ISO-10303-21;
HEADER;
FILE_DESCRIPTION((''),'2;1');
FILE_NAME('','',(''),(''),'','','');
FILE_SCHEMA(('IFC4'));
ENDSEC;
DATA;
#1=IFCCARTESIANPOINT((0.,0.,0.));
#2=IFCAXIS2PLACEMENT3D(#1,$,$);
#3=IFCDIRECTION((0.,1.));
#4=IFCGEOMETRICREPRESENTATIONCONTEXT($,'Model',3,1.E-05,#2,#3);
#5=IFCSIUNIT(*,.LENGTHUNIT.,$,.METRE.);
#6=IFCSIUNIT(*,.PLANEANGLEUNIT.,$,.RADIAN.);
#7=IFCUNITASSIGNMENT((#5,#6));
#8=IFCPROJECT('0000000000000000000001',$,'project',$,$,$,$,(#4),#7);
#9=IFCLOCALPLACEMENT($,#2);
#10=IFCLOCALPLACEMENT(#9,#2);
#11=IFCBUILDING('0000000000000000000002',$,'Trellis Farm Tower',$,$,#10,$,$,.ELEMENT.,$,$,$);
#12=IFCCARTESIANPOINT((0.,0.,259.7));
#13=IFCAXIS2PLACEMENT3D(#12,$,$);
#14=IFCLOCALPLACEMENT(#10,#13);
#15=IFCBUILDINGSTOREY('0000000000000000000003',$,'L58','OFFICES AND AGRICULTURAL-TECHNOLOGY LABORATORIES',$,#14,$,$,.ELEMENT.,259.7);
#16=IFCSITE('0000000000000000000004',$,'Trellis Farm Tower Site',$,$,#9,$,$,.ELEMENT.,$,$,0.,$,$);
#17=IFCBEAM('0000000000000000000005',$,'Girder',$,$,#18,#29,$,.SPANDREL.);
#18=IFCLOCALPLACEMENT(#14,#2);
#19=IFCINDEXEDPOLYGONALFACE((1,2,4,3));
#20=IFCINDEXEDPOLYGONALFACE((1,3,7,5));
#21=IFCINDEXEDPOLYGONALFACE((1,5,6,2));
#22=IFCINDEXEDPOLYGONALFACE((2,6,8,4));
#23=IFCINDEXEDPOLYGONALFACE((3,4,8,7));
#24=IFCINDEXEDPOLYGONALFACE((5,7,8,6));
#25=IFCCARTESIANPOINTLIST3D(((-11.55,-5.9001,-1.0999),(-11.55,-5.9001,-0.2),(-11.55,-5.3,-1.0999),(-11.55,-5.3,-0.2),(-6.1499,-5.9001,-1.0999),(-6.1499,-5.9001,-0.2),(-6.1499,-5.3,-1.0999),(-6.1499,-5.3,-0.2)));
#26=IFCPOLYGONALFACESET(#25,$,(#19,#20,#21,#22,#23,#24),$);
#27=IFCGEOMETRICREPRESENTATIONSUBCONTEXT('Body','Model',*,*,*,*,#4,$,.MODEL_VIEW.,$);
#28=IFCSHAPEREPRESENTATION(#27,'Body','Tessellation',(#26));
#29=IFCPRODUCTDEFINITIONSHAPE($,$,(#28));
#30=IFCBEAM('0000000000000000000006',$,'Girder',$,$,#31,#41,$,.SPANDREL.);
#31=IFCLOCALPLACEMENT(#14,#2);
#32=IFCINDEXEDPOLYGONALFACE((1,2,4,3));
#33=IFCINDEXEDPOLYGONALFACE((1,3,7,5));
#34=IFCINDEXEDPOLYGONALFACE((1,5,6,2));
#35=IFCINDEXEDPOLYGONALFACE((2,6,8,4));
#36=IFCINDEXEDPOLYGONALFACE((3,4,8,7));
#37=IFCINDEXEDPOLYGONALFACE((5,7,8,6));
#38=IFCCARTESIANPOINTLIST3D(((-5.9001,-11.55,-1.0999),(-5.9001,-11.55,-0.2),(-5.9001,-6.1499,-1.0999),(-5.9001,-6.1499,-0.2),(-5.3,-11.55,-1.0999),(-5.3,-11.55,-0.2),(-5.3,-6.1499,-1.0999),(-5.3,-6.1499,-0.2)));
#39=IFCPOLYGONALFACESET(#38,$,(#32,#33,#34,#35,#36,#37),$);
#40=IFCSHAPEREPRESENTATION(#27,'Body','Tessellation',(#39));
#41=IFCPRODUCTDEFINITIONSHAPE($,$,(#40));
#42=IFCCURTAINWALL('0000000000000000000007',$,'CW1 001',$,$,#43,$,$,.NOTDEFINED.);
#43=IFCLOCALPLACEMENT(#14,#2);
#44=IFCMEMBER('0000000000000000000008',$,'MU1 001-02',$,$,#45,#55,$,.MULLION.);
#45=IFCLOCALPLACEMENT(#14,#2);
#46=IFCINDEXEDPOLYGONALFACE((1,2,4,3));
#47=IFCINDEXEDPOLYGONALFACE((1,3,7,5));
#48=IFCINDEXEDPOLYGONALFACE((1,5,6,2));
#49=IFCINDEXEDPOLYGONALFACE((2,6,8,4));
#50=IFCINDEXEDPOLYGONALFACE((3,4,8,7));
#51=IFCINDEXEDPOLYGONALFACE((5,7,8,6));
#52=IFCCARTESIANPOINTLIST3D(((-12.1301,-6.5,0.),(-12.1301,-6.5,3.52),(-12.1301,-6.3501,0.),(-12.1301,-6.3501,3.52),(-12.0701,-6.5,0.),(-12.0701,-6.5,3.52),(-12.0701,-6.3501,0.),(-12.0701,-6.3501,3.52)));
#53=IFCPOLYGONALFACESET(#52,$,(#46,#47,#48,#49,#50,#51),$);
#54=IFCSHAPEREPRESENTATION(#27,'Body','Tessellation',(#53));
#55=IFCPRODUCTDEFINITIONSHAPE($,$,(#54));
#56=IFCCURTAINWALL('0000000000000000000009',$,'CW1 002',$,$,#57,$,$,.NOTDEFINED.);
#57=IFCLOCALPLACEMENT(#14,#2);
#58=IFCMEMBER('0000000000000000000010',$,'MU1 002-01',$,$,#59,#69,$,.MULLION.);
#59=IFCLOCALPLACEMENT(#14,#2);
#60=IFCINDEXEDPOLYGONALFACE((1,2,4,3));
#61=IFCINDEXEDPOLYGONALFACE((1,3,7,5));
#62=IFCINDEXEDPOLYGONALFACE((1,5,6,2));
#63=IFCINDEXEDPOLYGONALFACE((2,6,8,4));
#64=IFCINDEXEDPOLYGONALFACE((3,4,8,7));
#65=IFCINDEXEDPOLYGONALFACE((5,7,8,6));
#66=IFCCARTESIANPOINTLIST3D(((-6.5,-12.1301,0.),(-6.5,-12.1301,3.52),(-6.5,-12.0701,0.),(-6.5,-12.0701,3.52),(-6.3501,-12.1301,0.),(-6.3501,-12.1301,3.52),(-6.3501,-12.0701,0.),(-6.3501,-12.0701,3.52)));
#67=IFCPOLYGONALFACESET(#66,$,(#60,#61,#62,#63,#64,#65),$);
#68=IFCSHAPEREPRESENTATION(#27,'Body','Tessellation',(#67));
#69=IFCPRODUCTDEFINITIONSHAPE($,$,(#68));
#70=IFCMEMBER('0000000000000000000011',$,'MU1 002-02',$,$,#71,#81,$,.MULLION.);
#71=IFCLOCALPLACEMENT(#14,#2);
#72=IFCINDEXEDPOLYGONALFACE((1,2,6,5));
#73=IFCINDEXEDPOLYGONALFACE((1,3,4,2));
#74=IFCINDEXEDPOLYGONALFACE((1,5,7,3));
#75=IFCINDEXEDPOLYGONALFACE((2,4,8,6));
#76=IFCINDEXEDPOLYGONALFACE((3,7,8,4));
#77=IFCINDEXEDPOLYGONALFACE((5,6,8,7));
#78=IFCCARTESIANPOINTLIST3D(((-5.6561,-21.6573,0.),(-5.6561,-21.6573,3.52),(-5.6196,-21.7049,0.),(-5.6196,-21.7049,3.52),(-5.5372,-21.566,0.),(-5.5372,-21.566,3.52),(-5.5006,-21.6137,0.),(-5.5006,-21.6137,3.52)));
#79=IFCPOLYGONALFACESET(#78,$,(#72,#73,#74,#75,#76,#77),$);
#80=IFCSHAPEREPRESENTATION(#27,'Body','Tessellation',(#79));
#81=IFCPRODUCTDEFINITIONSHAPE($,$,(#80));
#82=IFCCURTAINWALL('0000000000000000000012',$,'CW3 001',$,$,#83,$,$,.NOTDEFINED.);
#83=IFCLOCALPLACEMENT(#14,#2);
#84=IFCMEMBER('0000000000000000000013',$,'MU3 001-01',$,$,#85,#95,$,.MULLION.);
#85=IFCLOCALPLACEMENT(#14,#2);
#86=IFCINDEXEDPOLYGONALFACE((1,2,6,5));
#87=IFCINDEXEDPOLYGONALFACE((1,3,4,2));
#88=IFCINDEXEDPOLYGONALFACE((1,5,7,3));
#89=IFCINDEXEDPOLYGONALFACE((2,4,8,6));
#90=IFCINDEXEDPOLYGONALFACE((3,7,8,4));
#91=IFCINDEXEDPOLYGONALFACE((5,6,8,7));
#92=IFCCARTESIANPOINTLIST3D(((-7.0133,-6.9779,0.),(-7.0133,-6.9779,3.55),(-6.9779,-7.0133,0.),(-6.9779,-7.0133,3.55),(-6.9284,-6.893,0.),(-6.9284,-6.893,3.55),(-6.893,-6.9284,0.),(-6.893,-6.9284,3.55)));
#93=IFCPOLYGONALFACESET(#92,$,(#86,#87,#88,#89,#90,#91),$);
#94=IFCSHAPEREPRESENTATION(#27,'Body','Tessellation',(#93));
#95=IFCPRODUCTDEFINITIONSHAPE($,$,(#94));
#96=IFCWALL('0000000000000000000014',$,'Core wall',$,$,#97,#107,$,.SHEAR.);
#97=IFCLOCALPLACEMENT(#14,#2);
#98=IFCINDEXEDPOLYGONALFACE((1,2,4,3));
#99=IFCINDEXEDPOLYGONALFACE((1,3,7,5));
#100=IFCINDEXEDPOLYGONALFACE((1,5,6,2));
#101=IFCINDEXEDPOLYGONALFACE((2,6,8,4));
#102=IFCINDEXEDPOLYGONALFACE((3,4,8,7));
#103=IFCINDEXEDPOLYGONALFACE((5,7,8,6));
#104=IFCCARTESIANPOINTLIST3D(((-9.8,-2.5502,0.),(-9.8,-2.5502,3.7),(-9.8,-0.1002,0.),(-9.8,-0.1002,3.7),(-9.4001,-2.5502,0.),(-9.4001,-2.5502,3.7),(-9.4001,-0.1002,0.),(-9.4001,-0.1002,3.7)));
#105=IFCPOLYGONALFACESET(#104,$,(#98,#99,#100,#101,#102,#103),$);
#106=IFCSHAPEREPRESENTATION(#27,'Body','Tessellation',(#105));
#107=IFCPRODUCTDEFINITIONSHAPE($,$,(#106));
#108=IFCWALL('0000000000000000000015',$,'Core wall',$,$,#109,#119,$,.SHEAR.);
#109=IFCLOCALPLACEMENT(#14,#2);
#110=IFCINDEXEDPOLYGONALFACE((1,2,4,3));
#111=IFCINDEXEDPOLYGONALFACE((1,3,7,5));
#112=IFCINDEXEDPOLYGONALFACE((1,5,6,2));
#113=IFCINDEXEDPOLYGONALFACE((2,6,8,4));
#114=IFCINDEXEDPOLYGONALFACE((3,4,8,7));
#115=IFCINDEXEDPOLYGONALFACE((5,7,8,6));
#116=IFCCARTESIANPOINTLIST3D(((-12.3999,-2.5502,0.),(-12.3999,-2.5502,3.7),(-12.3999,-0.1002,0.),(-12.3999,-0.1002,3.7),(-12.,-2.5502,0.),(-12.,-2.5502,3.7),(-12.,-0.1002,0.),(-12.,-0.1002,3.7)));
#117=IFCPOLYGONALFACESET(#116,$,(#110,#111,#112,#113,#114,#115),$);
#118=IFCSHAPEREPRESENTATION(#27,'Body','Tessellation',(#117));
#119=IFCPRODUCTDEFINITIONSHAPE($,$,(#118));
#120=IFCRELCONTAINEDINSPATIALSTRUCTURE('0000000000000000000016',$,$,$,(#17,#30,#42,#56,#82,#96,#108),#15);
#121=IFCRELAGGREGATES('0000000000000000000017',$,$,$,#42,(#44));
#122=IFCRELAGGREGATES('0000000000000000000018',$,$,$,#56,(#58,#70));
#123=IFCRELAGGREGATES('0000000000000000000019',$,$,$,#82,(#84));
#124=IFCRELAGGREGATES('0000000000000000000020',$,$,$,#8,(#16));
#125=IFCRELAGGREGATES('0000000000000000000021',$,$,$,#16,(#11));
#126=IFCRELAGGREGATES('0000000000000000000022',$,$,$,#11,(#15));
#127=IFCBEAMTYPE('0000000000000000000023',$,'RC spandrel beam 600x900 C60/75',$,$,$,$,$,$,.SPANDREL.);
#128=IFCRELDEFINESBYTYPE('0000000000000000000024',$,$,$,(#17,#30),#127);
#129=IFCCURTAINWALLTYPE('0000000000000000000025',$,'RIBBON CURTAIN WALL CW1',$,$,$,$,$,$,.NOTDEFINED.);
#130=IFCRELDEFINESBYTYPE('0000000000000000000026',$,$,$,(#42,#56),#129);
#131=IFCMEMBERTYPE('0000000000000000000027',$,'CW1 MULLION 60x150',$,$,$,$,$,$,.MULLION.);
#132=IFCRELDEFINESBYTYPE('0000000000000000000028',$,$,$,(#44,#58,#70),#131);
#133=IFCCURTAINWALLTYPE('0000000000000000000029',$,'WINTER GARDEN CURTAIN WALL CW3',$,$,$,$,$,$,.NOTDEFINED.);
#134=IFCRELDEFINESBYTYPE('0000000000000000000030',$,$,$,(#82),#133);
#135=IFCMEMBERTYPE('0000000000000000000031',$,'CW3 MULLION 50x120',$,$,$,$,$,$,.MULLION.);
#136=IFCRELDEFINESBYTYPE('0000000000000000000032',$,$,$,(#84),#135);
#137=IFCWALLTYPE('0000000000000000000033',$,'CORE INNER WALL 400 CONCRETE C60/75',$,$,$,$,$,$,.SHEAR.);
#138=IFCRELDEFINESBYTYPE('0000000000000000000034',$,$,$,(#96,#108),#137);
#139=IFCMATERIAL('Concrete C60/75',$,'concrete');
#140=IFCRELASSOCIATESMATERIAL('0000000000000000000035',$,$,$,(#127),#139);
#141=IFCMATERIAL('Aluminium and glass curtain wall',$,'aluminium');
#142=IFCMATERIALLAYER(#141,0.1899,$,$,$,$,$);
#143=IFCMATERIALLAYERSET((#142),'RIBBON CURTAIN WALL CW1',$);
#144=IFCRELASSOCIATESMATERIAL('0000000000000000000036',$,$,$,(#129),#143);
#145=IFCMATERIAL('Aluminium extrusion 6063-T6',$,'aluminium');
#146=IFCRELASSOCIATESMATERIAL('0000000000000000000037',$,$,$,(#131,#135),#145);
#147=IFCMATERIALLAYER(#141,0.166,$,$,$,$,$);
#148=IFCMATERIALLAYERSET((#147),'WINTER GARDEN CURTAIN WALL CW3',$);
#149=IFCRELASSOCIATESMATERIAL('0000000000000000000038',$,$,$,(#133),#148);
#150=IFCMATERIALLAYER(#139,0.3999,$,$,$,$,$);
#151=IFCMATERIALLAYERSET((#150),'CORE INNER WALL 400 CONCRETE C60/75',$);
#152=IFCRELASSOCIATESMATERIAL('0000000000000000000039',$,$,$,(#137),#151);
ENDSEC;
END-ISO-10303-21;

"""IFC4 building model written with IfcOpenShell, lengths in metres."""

from ifc_helpers import new_model, si_unit, direction, frame, frame_2d, origin, origin_2d, place, context, subcontext, project, spatial, rectangle, extrude, source, transform, mapped, material, layer, layer_set, material_profile, profile_set, type_object, element, aggregate, save


model = new_model("IFC4")

# Units and contexts
model_context = context("Model", 3, precision=1e-05, world=origin(), true_north=direction((0.0, 1.0)))
body_context = subcontext(model_context, "Body", "Model", "MODEL_VIEW")
ifc_project = project(units=[si_unit("LENGTHUNIT", "METRE"), si_unit("PLANEANGLEUNIT", "RADIAN")], contexts=[model_context])

# Site, building, storey
site_placement = place(None, origin())
site = spatial("IfcSite", under=ifc_project, at=site_placement, Name="Trellis Farm Tower Site", CompositionType="ELEMENT", RefElevation=0.0)
building_placement = place(site_placement, origin())
building = spatial("IfcBuilding", under=site, at=building_placement, Name="Trellis Farm Tower", CompositionType="ELEMENT")
storey_placement = place(building_placement, frame((0.0, 0.0, 259.7)))
storey = spatial("IfcBuildingStorey", under=building, at=storey_placement, Name="L58", Description="OFFICES AND AGRICULTURAL-TECHNOLOGY LABORATORIES", CompositionType="ELEMENT", Elevation=259.7)

# Shared definitions
ifc_material_1 = material(Name="Concrete C60/75", Category="concrete")

# Beams
ifc_material_profile_1 = material_profile(ifc_material_1, rectangle(XDim=0.6001, YDim=0.8999, at=origin_2d()), Name="RC spandrel beam 600x900 C60/75")
ifc_profile_set_1 = profile_set([ifc_material_profile_1], Name="Concrete C60/75")
beam_type_1 = type_object("IfcBeamType", Name="RC spandrel beam 600x900 C60/75", PredefinedType="SPANDREL", material=ifc_profile_set_1)
shared_shape_1 = source(origin(), body_context, "Body", "SweptSolid", [
    extrude(rectangle(XDim=0.6001, YDim=0.8999, at=origin_2d()), origin(), (0.0, 0.0, 1.0), 5.4001),
])
for number, where, z_axis, x_axis, name in (
    (1, (-11.55, -5.6001, -0.6499), (1.0, 0.0, 0.0), (0.0, 1.0, 0.0), "Girder"),
    (2, (-5.6001, -11.55, -0.6499), (0.0, 1.0, 0.0), (-1.0, 0.0, 0.0), "Girder"),
):
    element("IfcBeam", number, at=place(storey_placement, frame(where, z_axis=z_axis, x_axis=x_axis)), inside=storey, type_object=beam_type_1, Name=name, PredefinedType="SPANDREL", context=body_context, shape_type="MappedRepresentation", body=[
        mapped(shared_shape_1, transform((0.0, 0.0, 0.0))),
    ])

# Curtain wall, member
ifc_material_2 = material(Name="Aluminium and glass curtain wall", Category="aluminium")
ifc_layer_1 = layer(ifc_material_2, 0.1899)
ifc_layer_set_1 = layer_set([ifc_layer_1], Name="RIBBON CURTAIN WALL CW1")
curtain_wall_type_1 = type_object("IfcCurtainWallType", Name="RIBBON CURTAIN WALL CW1", PredefinedType="NOTDEFINED", material=ifc_layer_set_1)
placement = place(storey_placement, origin())
curtain_wall_1 = element("IfcCurtainWall", 3, at=placement, inside=storey, type_object=curtain_wall_type_1, Name="CW1 001", PredefinedType="NOTDEFINED")
ifc_material_3 = material(Name="Aluminium extrusion 6063-T6", Category="aluminium")
ifc_material_profile_2 = material_profile(ifc_material_3, rectangle(XDim=0.0601, YDim=0.1499, at=origin_2d()), Name="MULLION 60x150")
ifc_profile_set_2 = profile_set([ifc_material_profile_2], Name="Aluminium extrusion 6063-T6")
member_type_1 = type_object("IfcMemberType", Name="CW1 MULLION 60x150", PredefinedType="MULLION", material=ifc_profile_set_2)
shared_shape_2 = source(origin(), body_context, "Body", "SweptSolid", [
    extrude(rectangle(XDim=0.0601, YDim=0.1499, at=origin_2d()), origin(), (0.0, 0.0, 1.0), 3.52),
])
member_1_placement = place(storey_placement, frame((-12.1001, -6.425, 0.0), z_axis=(0.0, 0.0, 1.0), x_axis=(1.0, 0.0, 0.0)))
member_1 = element("IfcMember", 4, at=member_1_placement, type_object=member_type_1, Name="MU1 001-02", PredefinedType="MULLION", context=body_context, shape_type="MappedRepresentation", body=[
    mapped(shared_shape_2, transform((0.0, 0.0, 0.0))),
])
aggregate(curtain_wall_1, [member_1])

# Curtain wall, members
curtain_wall_2 = element("IfcCurtainWall", 5, at=placement, inside=storey, type_object=curtain_wall_type_1, Name="CW1 002", PredefinedType="NOTDEFINED")
member_2_placement = place(storey_placement, frame((-6.425, -12.1001, 0.0), z_axis=(0.0, 0.0, 1.0), x_axis=(0.0, -1.0, 0.0)))
member_2 = element("IfcMember", 6, at=member_2_placement, type_object=member_type_1, Name="MU1 002-01", PredefinedType="MULLION", context=body_context, shape_type="MappedRepresentation", body=[
    mapped(shared_shape_2, transform((0.0, 0.0, 0.0))),
])
member_3_placement = place(storey_placement, frame((-5.5784, -21.6355, 0.0), z_axis=(0.0, 0.0, 1.0), x_axis=(0.608761, -0.793353, 0.0)))
member_3 = element("IfcMember", 7, at=member_3_placement, type_object=member_type_1, Name="MU1 002-02", PredefinedType="MULLION", context=body_context, shape_type="MappedRepresentation", body=[
    mapped(shared_shape_2, transform((0.0, 0.0, 0.0))),
])
aggregate(curtain_wall_2, [member_2, member_3])

# Curtain wall, member
ifc_layer_2 = layer(ifc_material_2, 0.166)
ifc_layer_set_2 = layer_set([ifc_layer_2], Name="WINTER GARDEN CURTAIN WALL CW3")
curtain_wall_type_2 = type_object("IfcCurtainWallType", Name="WINTER GARDEN CURTAIN WALL CW3", PredefinedType="NOTDEFINED", material=ifc_layer_set_2)
curtain_wall_3 = element("IfcCurtainWall", 8, at=placement, inside=storey, type_object=curtain_wall_type_2, Name="CW3 001", PredefinedType="NOTDEFINED")
ifc_material_profile_3 = material_profile(ifc_material_3, rectangle(XDim=0.05, YDim=0.1201, at=origin_2d()), Name="MULLION 50x120")
ifc_profile_set_3 = profile_set([ifc_material_profile_3], Name="Aluminium extrusion 6063-T6")
member_type_2 = type_object("IfcMemberType", Name="CW3 MULLION 50x120", PredefinedType="MULLION", material=ifc_profile_set_3)
shared_shape_3 = source(origin(), body_context, "Body", "SweptSolid", [
    extrude(rectangle(XDim=0.05, YDim=0.1201, at=origin_2d()), origin(), (0.0, 0.0, 1.0), 3.55),
])
member_4_placement = place(storey_placement, frame((-6.9531, -6.9531, 0.0), z_axis=(0.0, 0.0, 1.0), x_axis=(0.707107, -0.707107, 0.0)))
member_4 = element("IfcMember", 9, at=member_4_placement, type_object=member_type_2, Name="MU3 001-01", PredefinedType="MULLION", context=body_context, shape_type="MappedRepresentation", body=[
    mapped(shared_shape_3, transform((0.0, 0.0, 0.0))),
])
aggregate(curtain_wall_3, [member_4])

# Walls
ifc_layer_3 = layer(ifc_material_1, 0.3999)
ifc_layer_set_3 = layer_set([ifc_layer_3], Name="CORE INNER WALL 400 CONCRETE C60/75")
wall_type_1 = type_object("IfcWallType", Name="CORE INNER WALL 400 CONCRETE C60/75", PredefinedType="SHEAR", material=ifc_layer_set_3)
shared_shape_4 = source(origin(), body_context, "Body", "SweptSolid", [
    extrude(rectangle(XDim=2.45, YDim=0.3999, at=frame_2d((1.2251, 0.0))), origin(), (0.0, 0.0, 1.0), 3.7),
])
for number, where, z_axis, x_axis, name in (
    (10, (-9.6001, -0.1001, 0.0), (0.0, 0.0, 1.0), (0.0, -1.0, 0.0), "Core wall"),
    (11, (-12.2, -0.1001, 0.0), (0.0, 0.0, 1.0), (0.0, -1.0, 0.0), "Core wall"),
):
    element("IfcWall", number, at=place(storey_placement, frame(where, z_axis=z_axis, x_axis=x_axis)), inside=storey, type_object=wall_type_1, Name=name, PredefinedType="SHEAR", context=body_context, shape_type="MappedRepresentation", body=[
        mapped(shared_shape_4, transform((0.0, 0.0, 0.0))),
    ])

save(model, "model.ifc")
